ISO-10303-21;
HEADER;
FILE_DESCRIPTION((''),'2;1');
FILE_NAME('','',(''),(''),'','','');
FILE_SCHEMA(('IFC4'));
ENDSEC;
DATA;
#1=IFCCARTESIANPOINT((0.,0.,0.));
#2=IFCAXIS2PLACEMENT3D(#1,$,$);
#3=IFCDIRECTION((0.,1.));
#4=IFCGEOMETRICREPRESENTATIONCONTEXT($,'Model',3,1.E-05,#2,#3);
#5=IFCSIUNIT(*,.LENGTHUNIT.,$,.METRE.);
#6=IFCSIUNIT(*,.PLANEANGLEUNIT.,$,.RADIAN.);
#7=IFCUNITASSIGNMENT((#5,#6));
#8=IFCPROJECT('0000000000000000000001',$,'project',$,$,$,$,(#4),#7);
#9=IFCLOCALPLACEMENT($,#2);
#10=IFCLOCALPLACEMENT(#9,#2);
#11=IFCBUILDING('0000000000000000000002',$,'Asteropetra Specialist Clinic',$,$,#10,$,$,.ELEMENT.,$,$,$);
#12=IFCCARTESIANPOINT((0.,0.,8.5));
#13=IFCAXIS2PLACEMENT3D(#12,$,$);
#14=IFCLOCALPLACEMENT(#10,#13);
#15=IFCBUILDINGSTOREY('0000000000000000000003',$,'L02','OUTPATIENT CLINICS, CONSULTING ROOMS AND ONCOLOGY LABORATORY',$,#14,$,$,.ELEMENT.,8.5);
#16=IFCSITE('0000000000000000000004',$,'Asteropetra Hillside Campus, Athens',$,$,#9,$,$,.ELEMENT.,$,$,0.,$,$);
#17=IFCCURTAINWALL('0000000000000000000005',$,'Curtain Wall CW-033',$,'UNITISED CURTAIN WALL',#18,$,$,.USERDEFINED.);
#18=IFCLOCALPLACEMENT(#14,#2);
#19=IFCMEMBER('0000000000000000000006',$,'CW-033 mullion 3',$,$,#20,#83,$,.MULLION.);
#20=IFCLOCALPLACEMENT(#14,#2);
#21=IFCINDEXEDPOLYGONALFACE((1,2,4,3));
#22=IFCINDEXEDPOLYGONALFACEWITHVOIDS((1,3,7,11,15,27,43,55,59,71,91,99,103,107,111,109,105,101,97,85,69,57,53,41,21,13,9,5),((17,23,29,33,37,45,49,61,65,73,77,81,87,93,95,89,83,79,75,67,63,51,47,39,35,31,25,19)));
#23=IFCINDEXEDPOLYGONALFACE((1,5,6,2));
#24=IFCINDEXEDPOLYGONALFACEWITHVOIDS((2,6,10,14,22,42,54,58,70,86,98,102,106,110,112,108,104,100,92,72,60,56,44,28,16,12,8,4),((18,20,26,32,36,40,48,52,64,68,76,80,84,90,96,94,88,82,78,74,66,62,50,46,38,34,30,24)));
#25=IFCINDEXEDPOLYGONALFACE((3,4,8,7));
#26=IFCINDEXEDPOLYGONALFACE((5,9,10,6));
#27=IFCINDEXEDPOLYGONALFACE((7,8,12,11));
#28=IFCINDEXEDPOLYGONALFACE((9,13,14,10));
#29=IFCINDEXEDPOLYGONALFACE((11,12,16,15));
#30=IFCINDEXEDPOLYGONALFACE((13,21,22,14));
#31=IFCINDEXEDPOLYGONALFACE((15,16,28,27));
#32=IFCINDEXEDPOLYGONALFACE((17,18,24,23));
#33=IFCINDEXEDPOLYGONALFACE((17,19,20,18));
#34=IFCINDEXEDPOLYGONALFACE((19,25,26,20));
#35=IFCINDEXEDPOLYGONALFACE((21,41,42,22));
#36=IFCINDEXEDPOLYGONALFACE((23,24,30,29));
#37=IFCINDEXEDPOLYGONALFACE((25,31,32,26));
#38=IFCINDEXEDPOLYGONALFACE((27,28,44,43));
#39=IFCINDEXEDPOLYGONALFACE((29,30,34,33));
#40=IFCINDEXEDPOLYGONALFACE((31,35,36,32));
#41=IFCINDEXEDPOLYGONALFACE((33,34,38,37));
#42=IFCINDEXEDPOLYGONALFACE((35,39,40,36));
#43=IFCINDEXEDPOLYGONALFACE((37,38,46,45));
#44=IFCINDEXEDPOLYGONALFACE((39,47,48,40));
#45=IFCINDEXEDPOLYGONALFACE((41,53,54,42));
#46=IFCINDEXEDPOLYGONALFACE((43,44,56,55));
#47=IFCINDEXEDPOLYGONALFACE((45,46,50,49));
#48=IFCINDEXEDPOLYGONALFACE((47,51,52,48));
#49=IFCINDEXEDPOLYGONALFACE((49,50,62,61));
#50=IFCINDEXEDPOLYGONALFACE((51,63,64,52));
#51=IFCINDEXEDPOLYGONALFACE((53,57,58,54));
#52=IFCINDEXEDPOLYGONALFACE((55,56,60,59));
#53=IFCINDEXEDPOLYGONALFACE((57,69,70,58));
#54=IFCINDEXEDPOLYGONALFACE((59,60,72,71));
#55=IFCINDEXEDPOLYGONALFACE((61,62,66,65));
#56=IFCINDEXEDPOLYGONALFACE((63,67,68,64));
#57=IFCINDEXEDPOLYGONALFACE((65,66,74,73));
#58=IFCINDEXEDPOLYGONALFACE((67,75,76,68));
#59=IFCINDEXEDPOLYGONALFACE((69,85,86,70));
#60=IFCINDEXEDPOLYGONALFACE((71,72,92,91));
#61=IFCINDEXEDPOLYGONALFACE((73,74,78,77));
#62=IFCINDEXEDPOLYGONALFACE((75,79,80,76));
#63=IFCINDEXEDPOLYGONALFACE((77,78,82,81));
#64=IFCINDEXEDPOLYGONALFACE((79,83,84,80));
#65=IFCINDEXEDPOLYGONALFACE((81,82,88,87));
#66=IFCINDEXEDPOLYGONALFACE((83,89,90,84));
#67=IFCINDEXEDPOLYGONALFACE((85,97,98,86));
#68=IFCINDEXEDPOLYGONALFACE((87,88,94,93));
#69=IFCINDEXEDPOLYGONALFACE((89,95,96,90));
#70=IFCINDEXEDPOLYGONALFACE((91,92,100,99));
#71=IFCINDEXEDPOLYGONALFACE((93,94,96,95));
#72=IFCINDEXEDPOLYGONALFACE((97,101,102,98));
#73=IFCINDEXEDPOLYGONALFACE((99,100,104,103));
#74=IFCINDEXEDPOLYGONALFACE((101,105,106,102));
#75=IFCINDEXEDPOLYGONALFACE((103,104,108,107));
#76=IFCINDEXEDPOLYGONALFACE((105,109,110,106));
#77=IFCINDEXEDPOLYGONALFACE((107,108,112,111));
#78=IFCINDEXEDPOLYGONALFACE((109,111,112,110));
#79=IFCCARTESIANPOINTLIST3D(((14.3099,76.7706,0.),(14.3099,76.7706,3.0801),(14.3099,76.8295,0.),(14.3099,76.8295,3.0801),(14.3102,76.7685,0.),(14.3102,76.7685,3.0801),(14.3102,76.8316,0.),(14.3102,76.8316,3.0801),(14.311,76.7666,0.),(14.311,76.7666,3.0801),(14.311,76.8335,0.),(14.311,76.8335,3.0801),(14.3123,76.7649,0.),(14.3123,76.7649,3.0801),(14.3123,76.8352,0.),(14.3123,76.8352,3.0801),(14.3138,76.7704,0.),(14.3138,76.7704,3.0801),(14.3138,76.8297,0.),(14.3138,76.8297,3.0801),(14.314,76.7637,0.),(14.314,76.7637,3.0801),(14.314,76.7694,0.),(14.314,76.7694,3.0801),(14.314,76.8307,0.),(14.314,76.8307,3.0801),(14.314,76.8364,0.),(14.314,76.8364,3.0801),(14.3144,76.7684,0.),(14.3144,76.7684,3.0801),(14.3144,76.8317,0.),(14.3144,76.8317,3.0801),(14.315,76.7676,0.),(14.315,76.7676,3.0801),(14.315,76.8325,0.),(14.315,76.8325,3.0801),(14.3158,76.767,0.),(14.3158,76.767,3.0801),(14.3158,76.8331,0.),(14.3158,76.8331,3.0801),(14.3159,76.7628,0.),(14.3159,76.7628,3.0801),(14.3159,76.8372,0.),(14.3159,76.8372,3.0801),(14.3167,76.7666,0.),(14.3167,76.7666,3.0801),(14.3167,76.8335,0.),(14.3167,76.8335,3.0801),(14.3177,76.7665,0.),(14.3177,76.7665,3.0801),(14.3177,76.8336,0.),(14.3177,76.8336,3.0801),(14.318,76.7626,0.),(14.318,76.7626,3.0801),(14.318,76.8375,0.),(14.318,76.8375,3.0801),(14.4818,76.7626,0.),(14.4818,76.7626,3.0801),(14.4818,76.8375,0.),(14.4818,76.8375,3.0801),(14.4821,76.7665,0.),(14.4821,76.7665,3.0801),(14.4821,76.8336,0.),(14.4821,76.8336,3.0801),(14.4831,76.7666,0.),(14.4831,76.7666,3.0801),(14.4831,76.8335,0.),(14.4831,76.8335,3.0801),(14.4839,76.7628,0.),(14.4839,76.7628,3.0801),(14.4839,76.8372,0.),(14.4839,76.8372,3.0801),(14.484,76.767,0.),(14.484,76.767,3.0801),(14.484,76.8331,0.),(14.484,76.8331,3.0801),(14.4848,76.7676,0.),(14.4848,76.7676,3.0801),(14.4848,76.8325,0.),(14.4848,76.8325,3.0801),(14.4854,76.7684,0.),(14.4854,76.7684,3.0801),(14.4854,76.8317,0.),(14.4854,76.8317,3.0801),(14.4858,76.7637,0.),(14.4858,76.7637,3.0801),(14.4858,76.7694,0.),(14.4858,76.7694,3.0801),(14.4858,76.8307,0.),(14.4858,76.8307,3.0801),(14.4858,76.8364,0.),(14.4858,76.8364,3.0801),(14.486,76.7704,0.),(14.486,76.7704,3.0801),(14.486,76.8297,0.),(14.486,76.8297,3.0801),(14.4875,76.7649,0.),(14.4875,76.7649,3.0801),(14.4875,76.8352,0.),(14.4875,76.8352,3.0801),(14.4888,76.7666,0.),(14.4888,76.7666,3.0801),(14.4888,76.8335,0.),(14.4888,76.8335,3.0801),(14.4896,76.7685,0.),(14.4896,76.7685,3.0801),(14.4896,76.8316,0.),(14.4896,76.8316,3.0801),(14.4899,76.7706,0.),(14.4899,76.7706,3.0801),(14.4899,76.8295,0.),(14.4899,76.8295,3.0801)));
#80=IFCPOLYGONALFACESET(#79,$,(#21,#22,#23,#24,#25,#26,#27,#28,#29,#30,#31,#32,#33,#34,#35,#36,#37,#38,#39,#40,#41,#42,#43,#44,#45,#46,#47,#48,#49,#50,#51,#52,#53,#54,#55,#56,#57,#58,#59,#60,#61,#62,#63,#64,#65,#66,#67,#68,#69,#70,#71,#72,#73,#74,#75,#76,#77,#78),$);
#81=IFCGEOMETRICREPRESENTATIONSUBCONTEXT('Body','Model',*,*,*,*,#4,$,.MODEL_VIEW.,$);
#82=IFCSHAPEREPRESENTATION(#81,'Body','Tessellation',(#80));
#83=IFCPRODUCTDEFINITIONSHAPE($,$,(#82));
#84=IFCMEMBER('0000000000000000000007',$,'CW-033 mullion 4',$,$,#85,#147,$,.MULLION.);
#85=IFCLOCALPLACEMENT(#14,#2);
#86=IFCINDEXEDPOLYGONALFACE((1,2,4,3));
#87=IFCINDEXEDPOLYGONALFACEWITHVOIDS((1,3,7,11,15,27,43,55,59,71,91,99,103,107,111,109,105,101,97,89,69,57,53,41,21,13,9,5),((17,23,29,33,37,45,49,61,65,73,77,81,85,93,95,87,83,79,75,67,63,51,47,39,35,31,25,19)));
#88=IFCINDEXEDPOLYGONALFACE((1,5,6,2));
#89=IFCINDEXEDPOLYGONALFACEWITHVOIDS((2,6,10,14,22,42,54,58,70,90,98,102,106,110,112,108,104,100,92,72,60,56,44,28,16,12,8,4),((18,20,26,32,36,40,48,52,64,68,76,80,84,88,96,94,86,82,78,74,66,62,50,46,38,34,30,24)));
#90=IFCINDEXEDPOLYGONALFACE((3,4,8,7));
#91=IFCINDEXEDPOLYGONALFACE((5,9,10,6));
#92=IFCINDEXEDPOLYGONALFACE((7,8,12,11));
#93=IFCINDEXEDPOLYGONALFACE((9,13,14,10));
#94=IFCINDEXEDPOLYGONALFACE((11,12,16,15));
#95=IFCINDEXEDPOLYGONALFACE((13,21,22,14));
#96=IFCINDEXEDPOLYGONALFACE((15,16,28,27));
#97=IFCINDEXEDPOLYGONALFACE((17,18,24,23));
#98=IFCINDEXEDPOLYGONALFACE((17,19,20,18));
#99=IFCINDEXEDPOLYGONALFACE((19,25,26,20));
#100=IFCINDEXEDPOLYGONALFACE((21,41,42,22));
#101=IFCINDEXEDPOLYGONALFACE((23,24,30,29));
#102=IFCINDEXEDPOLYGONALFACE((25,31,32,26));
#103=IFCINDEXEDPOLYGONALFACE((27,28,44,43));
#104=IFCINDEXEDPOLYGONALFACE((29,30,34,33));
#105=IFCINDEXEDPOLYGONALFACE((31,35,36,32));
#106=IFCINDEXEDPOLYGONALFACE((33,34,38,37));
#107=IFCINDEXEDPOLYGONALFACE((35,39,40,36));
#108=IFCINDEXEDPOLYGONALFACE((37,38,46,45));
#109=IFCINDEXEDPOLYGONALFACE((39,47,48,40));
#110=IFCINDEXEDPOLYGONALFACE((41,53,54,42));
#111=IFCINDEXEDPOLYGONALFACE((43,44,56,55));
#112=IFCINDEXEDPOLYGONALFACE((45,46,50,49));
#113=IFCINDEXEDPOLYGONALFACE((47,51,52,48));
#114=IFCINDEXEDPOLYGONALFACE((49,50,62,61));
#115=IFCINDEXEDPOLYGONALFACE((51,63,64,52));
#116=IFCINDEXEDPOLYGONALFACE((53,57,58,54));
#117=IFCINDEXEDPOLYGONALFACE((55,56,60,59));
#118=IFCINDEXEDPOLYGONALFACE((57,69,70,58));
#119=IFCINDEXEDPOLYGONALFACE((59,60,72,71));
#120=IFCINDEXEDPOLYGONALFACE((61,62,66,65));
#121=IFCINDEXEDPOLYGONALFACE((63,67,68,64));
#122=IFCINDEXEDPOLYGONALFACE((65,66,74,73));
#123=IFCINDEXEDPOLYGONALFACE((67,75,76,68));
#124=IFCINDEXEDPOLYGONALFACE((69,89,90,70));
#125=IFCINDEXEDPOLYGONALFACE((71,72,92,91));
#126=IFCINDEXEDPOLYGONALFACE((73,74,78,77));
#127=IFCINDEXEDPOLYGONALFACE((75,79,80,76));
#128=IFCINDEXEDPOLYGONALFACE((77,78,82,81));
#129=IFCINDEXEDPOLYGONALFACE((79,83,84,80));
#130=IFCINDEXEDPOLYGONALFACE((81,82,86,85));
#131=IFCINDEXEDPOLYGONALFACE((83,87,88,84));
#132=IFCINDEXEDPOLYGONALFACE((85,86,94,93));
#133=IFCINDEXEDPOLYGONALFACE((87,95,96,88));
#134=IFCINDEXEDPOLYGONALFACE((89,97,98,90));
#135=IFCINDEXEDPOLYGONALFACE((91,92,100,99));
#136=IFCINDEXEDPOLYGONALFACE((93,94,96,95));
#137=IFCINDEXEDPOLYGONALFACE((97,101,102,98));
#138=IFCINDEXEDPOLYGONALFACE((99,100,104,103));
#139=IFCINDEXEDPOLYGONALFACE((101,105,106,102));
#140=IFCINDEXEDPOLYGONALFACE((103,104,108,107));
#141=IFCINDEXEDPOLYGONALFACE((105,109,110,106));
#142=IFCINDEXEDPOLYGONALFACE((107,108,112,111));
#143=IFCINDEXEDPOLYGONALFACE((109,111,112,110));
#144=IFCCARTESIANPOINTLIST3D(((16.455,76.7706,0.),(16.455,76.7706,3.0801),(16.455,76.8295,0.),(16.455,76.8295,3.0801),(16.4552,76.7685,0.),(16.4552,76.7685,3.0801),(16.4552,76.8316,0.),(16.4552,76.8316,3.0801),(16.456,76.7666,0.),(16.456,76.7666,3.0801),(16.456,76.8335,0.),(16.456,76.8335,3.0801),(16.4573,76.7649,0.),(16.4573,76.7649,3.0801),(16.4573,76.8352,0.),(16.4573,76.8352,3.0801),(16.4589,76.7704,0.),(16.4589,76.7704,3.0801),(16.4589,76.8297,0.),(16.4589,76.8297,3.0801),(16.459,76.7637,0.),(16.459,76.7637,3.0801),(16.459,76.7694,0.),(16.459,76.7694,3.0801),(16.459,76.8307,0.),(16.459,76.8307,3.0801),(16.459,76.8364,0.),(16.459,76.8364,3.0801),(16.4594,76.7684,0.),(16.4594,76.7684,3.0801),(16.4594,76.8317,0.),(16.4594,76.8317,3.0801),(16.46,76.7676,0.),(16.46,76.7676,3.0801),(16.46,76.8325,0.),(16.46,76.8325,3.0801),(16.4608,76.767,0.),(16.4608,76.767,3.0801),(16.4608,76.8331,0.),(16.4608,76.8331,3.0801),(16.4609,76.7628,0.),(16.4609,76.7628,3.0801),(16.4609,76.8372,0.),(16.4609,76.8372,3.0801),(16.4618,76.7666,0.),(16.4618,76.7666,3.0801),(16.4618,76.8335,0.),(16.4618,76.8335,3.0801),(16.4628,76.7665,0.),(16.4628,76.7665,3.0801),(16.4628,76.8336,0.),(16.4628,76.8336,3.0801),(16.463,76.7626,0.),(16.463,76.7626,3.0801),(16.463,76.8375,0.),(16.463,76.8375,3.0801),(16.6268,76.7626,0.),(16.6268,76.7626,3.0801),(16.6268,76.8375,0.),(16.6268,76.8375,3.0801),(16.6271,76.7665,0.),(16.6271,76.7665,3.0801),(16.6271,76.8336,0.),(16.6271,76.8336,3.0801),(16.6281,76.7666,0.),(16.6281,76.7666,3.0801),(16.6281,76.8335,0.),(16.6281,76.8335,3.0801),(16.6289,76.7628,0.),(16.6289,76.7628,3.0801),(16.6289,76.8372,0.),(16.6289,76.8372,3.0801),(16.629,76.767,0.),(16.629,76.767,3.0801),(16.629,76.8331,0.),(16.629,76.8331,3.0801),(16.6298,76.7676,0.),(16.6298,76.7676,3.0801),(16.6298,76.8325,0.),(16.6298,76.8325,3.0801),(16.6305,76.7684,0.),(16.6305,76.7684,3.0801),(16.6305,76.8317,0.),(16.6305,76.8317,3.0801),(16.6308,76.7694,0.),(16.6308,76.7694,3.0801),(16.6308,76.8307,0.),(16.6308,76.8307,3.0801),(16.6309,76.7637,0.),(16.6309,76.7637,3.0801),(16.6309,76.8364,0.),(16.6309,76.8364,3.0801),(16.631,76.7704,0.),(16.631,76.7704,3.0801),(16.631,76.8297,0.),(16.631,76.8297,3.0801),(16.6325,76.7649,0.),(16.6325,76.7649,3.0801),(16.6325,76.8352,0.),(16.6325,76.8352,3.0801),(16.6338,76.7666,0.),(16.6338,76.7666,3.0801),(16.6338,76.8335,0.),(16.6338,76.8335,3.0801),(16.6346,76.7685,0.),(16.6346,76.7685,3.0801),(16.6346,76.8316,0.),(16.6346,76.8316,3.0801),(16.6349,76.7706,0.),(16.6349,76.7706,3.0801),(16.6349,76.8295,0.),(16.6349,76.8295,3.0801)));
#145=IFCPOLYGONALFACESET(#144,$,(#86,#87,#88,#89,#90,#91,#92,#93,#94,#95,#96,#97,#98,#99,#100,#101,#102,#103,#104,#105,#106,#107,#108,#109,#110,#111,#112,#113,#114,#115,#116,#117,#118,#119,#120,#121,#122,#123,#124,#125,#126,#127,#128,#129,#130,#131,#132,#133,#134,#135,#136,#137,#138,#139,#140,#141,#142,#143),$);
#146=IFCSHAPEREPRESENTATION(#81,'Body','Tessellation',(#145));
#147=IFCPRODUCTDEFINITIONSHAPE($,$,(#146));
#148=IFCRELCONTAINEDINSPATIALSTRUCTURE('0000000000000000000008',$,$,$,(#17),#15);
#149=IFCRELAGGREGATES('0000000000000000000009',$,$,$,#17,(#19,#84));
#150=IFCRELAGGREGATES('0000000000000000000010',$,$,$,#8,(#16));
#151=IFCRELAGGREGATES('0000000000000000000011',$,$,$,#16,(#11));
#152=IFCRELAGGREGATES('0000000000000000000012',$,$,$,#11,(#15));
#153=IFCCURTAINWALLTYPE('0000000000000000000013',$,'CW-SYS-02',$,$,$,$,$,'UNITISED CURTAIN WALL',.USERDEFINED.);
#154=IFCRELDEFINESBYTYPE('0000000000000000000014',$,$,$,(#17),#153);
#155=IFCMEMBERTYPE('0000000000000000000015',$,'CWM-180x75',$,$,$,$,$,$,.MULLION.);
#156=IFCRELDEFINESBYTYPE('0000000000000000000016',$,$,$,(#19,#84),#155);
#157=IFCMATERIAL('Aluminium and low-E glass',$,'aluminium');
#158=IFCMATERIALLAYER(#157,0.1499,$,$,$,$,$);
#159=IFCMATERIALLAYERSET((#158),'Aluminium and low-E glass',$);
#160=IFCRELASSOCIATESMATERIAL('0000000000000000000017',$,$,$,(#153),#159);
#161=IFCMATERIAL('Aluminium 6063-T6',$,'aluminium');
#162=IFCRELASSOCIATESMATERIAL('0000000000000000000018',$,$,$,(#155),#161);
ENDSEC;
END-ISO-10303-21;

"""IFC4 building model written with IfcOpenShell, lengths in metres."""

from ifc_helpers import new_model, si_unit, direction, frame, origin, origin_2d, place, context, subcontext, project, spatial, hollow_rectangle, extrude, material, layer, layer_set, material_profile, profile_set, type_object, element, aggregate, save


model = new_model("IFC4")

# Units and contexts
model_context = context("Model", 3, precision=1e-05, world=origin(), true_north=direction((0.0, 1.0)))
body_context = subcontext(model_context, "Body", "Model", "MODEL_VIEW")
ifc_project = project(units=[si_unit("LENGTHUNIT", "METRE"), si_unit("PLANEANGLEUNIT", "RADIAN")], contexts=[model_context])

# Site, building, storey
site_placement = place(None, origin())
site = spatial("IfcSite", under=ifc_project, at=site_placement, Name="Asteropetra Hillside Campus, Athens", CompositionType="ELEMENT", RefElevation=0.0)
building_placement = place(site_placement, origin())
building = spatial("IfcBuilding", under=site, at=building_placement, Name="Asteropetra Specialist Clinic", CompositionType="ELEMENT")
storey_placement = place(building_placement, frame((0.0, 0.0, 8.5)))
storey = spatial("IfcBuildingStorey", under=building, at=storey_placement, Name="L02", Description="OUTPATIENT CLINICS, CONSULTING ROOMS AND ONCOLOGY LABORATORY", CompositionType="ELEMENT", Elevation=8.5)

# Curtain wall, members
ifc_material_1 = material(Name="Aluminium and low-E glass", Category="aluminium")
ifc_layer_1 = layer(ifc_material_1, 0.1499)
ifc_layer_set_1 = layer_set([ifc_layer_1], Name="Aluminium and low-E glass")
curtain_wall_type_1 = type_object("IfcCurtainWallType", Name="CW-SYS-02", ElementType="UNITISED CURTAIN WALL", PredefinedType="USERDEFINED", material=ifc_layer_set_1)
curtain_wall_1_placement = place(storey_placement, origin())
curtain_wall_1 = element("IfcCurtainWall", 1, at=curtain_wall_1_placement, inside=storey, type_object=curtain_wall_type_1, Name="Curtain Wall CW-033", ObjectType="UNITISED CURTAIN WALL", PredefinedType="USERDEFINED")
ifc_material_2 = material(Name="Aluminium 6063-T6", Category="aluminium")
ifc_material_profile_1 = material_profile(ifc_material_2, hollow_rectangle(XDim=0.075, YDim=0.1799, WallThickness=0.0039, InnerFilletRadius=0.0039, OuterFilletRadius=0.0081, at=origin_2d()), Name="MUL 180x75x4.0")
ifc_profile_set_1 = profile_set([ifc_material_profile_1], Name="Aluminium 6063-T6")
member_type_1 = type_object("IfcMemberType", Name="CWM-180x75", PredefinedType="MULLION", material=ifc_profile_set_1)
member_1_placement = place(storey_placement, frame((14.3999, 76.8, 0.0), z_axis=(0.0, 0.0, 1.0), x_axis=(0.0, 1.0, 0.0)))
member_1 = element("IfcMember", 2, at=member_1_placement, type_object=member_type_1, Name="CW-033 mullion 3", PredefinedType="MULLION", context=body_context, shape_type="SweptSolid", body=[
    extrude(hollow_rectangle(XDim=0.075, YDim=0.1799, WallThickness=0.0039, InnerFilletRadius=0.0039, OuterFilletRadius=0.0081, at=origin_2d()), origin(), (0.0, 0.0, 1.0), 3.0801),
])
member_2_placement = place(storey_placement, frame((16.5449, 76.8, 0.0), z_axis=(0.0, 0.0, 1.0), x_axis=(0.0, 1.0, 0.0)))
member_2 = element("IfcMember", 3, at=member_2_placement, type_object=member_type_1, Name="CW-033 mullion 4", PredefinedType="MULLION", context=body_context, shape_type="SweptSolid", body=[
    extrude(hollow_rectangle(XDim=0.075, YDim=0.1799, WallThickness=0.0039, InnerFilletRadius=0.0039, OuterFilletRadius=0.0081, at=origin_2d()), origin(), (0.0, 0.0, 1.0), 3.0801),
])

aggregate(curtain_wall_1, [member_1, member_2])

save(model, "model.ifc")
